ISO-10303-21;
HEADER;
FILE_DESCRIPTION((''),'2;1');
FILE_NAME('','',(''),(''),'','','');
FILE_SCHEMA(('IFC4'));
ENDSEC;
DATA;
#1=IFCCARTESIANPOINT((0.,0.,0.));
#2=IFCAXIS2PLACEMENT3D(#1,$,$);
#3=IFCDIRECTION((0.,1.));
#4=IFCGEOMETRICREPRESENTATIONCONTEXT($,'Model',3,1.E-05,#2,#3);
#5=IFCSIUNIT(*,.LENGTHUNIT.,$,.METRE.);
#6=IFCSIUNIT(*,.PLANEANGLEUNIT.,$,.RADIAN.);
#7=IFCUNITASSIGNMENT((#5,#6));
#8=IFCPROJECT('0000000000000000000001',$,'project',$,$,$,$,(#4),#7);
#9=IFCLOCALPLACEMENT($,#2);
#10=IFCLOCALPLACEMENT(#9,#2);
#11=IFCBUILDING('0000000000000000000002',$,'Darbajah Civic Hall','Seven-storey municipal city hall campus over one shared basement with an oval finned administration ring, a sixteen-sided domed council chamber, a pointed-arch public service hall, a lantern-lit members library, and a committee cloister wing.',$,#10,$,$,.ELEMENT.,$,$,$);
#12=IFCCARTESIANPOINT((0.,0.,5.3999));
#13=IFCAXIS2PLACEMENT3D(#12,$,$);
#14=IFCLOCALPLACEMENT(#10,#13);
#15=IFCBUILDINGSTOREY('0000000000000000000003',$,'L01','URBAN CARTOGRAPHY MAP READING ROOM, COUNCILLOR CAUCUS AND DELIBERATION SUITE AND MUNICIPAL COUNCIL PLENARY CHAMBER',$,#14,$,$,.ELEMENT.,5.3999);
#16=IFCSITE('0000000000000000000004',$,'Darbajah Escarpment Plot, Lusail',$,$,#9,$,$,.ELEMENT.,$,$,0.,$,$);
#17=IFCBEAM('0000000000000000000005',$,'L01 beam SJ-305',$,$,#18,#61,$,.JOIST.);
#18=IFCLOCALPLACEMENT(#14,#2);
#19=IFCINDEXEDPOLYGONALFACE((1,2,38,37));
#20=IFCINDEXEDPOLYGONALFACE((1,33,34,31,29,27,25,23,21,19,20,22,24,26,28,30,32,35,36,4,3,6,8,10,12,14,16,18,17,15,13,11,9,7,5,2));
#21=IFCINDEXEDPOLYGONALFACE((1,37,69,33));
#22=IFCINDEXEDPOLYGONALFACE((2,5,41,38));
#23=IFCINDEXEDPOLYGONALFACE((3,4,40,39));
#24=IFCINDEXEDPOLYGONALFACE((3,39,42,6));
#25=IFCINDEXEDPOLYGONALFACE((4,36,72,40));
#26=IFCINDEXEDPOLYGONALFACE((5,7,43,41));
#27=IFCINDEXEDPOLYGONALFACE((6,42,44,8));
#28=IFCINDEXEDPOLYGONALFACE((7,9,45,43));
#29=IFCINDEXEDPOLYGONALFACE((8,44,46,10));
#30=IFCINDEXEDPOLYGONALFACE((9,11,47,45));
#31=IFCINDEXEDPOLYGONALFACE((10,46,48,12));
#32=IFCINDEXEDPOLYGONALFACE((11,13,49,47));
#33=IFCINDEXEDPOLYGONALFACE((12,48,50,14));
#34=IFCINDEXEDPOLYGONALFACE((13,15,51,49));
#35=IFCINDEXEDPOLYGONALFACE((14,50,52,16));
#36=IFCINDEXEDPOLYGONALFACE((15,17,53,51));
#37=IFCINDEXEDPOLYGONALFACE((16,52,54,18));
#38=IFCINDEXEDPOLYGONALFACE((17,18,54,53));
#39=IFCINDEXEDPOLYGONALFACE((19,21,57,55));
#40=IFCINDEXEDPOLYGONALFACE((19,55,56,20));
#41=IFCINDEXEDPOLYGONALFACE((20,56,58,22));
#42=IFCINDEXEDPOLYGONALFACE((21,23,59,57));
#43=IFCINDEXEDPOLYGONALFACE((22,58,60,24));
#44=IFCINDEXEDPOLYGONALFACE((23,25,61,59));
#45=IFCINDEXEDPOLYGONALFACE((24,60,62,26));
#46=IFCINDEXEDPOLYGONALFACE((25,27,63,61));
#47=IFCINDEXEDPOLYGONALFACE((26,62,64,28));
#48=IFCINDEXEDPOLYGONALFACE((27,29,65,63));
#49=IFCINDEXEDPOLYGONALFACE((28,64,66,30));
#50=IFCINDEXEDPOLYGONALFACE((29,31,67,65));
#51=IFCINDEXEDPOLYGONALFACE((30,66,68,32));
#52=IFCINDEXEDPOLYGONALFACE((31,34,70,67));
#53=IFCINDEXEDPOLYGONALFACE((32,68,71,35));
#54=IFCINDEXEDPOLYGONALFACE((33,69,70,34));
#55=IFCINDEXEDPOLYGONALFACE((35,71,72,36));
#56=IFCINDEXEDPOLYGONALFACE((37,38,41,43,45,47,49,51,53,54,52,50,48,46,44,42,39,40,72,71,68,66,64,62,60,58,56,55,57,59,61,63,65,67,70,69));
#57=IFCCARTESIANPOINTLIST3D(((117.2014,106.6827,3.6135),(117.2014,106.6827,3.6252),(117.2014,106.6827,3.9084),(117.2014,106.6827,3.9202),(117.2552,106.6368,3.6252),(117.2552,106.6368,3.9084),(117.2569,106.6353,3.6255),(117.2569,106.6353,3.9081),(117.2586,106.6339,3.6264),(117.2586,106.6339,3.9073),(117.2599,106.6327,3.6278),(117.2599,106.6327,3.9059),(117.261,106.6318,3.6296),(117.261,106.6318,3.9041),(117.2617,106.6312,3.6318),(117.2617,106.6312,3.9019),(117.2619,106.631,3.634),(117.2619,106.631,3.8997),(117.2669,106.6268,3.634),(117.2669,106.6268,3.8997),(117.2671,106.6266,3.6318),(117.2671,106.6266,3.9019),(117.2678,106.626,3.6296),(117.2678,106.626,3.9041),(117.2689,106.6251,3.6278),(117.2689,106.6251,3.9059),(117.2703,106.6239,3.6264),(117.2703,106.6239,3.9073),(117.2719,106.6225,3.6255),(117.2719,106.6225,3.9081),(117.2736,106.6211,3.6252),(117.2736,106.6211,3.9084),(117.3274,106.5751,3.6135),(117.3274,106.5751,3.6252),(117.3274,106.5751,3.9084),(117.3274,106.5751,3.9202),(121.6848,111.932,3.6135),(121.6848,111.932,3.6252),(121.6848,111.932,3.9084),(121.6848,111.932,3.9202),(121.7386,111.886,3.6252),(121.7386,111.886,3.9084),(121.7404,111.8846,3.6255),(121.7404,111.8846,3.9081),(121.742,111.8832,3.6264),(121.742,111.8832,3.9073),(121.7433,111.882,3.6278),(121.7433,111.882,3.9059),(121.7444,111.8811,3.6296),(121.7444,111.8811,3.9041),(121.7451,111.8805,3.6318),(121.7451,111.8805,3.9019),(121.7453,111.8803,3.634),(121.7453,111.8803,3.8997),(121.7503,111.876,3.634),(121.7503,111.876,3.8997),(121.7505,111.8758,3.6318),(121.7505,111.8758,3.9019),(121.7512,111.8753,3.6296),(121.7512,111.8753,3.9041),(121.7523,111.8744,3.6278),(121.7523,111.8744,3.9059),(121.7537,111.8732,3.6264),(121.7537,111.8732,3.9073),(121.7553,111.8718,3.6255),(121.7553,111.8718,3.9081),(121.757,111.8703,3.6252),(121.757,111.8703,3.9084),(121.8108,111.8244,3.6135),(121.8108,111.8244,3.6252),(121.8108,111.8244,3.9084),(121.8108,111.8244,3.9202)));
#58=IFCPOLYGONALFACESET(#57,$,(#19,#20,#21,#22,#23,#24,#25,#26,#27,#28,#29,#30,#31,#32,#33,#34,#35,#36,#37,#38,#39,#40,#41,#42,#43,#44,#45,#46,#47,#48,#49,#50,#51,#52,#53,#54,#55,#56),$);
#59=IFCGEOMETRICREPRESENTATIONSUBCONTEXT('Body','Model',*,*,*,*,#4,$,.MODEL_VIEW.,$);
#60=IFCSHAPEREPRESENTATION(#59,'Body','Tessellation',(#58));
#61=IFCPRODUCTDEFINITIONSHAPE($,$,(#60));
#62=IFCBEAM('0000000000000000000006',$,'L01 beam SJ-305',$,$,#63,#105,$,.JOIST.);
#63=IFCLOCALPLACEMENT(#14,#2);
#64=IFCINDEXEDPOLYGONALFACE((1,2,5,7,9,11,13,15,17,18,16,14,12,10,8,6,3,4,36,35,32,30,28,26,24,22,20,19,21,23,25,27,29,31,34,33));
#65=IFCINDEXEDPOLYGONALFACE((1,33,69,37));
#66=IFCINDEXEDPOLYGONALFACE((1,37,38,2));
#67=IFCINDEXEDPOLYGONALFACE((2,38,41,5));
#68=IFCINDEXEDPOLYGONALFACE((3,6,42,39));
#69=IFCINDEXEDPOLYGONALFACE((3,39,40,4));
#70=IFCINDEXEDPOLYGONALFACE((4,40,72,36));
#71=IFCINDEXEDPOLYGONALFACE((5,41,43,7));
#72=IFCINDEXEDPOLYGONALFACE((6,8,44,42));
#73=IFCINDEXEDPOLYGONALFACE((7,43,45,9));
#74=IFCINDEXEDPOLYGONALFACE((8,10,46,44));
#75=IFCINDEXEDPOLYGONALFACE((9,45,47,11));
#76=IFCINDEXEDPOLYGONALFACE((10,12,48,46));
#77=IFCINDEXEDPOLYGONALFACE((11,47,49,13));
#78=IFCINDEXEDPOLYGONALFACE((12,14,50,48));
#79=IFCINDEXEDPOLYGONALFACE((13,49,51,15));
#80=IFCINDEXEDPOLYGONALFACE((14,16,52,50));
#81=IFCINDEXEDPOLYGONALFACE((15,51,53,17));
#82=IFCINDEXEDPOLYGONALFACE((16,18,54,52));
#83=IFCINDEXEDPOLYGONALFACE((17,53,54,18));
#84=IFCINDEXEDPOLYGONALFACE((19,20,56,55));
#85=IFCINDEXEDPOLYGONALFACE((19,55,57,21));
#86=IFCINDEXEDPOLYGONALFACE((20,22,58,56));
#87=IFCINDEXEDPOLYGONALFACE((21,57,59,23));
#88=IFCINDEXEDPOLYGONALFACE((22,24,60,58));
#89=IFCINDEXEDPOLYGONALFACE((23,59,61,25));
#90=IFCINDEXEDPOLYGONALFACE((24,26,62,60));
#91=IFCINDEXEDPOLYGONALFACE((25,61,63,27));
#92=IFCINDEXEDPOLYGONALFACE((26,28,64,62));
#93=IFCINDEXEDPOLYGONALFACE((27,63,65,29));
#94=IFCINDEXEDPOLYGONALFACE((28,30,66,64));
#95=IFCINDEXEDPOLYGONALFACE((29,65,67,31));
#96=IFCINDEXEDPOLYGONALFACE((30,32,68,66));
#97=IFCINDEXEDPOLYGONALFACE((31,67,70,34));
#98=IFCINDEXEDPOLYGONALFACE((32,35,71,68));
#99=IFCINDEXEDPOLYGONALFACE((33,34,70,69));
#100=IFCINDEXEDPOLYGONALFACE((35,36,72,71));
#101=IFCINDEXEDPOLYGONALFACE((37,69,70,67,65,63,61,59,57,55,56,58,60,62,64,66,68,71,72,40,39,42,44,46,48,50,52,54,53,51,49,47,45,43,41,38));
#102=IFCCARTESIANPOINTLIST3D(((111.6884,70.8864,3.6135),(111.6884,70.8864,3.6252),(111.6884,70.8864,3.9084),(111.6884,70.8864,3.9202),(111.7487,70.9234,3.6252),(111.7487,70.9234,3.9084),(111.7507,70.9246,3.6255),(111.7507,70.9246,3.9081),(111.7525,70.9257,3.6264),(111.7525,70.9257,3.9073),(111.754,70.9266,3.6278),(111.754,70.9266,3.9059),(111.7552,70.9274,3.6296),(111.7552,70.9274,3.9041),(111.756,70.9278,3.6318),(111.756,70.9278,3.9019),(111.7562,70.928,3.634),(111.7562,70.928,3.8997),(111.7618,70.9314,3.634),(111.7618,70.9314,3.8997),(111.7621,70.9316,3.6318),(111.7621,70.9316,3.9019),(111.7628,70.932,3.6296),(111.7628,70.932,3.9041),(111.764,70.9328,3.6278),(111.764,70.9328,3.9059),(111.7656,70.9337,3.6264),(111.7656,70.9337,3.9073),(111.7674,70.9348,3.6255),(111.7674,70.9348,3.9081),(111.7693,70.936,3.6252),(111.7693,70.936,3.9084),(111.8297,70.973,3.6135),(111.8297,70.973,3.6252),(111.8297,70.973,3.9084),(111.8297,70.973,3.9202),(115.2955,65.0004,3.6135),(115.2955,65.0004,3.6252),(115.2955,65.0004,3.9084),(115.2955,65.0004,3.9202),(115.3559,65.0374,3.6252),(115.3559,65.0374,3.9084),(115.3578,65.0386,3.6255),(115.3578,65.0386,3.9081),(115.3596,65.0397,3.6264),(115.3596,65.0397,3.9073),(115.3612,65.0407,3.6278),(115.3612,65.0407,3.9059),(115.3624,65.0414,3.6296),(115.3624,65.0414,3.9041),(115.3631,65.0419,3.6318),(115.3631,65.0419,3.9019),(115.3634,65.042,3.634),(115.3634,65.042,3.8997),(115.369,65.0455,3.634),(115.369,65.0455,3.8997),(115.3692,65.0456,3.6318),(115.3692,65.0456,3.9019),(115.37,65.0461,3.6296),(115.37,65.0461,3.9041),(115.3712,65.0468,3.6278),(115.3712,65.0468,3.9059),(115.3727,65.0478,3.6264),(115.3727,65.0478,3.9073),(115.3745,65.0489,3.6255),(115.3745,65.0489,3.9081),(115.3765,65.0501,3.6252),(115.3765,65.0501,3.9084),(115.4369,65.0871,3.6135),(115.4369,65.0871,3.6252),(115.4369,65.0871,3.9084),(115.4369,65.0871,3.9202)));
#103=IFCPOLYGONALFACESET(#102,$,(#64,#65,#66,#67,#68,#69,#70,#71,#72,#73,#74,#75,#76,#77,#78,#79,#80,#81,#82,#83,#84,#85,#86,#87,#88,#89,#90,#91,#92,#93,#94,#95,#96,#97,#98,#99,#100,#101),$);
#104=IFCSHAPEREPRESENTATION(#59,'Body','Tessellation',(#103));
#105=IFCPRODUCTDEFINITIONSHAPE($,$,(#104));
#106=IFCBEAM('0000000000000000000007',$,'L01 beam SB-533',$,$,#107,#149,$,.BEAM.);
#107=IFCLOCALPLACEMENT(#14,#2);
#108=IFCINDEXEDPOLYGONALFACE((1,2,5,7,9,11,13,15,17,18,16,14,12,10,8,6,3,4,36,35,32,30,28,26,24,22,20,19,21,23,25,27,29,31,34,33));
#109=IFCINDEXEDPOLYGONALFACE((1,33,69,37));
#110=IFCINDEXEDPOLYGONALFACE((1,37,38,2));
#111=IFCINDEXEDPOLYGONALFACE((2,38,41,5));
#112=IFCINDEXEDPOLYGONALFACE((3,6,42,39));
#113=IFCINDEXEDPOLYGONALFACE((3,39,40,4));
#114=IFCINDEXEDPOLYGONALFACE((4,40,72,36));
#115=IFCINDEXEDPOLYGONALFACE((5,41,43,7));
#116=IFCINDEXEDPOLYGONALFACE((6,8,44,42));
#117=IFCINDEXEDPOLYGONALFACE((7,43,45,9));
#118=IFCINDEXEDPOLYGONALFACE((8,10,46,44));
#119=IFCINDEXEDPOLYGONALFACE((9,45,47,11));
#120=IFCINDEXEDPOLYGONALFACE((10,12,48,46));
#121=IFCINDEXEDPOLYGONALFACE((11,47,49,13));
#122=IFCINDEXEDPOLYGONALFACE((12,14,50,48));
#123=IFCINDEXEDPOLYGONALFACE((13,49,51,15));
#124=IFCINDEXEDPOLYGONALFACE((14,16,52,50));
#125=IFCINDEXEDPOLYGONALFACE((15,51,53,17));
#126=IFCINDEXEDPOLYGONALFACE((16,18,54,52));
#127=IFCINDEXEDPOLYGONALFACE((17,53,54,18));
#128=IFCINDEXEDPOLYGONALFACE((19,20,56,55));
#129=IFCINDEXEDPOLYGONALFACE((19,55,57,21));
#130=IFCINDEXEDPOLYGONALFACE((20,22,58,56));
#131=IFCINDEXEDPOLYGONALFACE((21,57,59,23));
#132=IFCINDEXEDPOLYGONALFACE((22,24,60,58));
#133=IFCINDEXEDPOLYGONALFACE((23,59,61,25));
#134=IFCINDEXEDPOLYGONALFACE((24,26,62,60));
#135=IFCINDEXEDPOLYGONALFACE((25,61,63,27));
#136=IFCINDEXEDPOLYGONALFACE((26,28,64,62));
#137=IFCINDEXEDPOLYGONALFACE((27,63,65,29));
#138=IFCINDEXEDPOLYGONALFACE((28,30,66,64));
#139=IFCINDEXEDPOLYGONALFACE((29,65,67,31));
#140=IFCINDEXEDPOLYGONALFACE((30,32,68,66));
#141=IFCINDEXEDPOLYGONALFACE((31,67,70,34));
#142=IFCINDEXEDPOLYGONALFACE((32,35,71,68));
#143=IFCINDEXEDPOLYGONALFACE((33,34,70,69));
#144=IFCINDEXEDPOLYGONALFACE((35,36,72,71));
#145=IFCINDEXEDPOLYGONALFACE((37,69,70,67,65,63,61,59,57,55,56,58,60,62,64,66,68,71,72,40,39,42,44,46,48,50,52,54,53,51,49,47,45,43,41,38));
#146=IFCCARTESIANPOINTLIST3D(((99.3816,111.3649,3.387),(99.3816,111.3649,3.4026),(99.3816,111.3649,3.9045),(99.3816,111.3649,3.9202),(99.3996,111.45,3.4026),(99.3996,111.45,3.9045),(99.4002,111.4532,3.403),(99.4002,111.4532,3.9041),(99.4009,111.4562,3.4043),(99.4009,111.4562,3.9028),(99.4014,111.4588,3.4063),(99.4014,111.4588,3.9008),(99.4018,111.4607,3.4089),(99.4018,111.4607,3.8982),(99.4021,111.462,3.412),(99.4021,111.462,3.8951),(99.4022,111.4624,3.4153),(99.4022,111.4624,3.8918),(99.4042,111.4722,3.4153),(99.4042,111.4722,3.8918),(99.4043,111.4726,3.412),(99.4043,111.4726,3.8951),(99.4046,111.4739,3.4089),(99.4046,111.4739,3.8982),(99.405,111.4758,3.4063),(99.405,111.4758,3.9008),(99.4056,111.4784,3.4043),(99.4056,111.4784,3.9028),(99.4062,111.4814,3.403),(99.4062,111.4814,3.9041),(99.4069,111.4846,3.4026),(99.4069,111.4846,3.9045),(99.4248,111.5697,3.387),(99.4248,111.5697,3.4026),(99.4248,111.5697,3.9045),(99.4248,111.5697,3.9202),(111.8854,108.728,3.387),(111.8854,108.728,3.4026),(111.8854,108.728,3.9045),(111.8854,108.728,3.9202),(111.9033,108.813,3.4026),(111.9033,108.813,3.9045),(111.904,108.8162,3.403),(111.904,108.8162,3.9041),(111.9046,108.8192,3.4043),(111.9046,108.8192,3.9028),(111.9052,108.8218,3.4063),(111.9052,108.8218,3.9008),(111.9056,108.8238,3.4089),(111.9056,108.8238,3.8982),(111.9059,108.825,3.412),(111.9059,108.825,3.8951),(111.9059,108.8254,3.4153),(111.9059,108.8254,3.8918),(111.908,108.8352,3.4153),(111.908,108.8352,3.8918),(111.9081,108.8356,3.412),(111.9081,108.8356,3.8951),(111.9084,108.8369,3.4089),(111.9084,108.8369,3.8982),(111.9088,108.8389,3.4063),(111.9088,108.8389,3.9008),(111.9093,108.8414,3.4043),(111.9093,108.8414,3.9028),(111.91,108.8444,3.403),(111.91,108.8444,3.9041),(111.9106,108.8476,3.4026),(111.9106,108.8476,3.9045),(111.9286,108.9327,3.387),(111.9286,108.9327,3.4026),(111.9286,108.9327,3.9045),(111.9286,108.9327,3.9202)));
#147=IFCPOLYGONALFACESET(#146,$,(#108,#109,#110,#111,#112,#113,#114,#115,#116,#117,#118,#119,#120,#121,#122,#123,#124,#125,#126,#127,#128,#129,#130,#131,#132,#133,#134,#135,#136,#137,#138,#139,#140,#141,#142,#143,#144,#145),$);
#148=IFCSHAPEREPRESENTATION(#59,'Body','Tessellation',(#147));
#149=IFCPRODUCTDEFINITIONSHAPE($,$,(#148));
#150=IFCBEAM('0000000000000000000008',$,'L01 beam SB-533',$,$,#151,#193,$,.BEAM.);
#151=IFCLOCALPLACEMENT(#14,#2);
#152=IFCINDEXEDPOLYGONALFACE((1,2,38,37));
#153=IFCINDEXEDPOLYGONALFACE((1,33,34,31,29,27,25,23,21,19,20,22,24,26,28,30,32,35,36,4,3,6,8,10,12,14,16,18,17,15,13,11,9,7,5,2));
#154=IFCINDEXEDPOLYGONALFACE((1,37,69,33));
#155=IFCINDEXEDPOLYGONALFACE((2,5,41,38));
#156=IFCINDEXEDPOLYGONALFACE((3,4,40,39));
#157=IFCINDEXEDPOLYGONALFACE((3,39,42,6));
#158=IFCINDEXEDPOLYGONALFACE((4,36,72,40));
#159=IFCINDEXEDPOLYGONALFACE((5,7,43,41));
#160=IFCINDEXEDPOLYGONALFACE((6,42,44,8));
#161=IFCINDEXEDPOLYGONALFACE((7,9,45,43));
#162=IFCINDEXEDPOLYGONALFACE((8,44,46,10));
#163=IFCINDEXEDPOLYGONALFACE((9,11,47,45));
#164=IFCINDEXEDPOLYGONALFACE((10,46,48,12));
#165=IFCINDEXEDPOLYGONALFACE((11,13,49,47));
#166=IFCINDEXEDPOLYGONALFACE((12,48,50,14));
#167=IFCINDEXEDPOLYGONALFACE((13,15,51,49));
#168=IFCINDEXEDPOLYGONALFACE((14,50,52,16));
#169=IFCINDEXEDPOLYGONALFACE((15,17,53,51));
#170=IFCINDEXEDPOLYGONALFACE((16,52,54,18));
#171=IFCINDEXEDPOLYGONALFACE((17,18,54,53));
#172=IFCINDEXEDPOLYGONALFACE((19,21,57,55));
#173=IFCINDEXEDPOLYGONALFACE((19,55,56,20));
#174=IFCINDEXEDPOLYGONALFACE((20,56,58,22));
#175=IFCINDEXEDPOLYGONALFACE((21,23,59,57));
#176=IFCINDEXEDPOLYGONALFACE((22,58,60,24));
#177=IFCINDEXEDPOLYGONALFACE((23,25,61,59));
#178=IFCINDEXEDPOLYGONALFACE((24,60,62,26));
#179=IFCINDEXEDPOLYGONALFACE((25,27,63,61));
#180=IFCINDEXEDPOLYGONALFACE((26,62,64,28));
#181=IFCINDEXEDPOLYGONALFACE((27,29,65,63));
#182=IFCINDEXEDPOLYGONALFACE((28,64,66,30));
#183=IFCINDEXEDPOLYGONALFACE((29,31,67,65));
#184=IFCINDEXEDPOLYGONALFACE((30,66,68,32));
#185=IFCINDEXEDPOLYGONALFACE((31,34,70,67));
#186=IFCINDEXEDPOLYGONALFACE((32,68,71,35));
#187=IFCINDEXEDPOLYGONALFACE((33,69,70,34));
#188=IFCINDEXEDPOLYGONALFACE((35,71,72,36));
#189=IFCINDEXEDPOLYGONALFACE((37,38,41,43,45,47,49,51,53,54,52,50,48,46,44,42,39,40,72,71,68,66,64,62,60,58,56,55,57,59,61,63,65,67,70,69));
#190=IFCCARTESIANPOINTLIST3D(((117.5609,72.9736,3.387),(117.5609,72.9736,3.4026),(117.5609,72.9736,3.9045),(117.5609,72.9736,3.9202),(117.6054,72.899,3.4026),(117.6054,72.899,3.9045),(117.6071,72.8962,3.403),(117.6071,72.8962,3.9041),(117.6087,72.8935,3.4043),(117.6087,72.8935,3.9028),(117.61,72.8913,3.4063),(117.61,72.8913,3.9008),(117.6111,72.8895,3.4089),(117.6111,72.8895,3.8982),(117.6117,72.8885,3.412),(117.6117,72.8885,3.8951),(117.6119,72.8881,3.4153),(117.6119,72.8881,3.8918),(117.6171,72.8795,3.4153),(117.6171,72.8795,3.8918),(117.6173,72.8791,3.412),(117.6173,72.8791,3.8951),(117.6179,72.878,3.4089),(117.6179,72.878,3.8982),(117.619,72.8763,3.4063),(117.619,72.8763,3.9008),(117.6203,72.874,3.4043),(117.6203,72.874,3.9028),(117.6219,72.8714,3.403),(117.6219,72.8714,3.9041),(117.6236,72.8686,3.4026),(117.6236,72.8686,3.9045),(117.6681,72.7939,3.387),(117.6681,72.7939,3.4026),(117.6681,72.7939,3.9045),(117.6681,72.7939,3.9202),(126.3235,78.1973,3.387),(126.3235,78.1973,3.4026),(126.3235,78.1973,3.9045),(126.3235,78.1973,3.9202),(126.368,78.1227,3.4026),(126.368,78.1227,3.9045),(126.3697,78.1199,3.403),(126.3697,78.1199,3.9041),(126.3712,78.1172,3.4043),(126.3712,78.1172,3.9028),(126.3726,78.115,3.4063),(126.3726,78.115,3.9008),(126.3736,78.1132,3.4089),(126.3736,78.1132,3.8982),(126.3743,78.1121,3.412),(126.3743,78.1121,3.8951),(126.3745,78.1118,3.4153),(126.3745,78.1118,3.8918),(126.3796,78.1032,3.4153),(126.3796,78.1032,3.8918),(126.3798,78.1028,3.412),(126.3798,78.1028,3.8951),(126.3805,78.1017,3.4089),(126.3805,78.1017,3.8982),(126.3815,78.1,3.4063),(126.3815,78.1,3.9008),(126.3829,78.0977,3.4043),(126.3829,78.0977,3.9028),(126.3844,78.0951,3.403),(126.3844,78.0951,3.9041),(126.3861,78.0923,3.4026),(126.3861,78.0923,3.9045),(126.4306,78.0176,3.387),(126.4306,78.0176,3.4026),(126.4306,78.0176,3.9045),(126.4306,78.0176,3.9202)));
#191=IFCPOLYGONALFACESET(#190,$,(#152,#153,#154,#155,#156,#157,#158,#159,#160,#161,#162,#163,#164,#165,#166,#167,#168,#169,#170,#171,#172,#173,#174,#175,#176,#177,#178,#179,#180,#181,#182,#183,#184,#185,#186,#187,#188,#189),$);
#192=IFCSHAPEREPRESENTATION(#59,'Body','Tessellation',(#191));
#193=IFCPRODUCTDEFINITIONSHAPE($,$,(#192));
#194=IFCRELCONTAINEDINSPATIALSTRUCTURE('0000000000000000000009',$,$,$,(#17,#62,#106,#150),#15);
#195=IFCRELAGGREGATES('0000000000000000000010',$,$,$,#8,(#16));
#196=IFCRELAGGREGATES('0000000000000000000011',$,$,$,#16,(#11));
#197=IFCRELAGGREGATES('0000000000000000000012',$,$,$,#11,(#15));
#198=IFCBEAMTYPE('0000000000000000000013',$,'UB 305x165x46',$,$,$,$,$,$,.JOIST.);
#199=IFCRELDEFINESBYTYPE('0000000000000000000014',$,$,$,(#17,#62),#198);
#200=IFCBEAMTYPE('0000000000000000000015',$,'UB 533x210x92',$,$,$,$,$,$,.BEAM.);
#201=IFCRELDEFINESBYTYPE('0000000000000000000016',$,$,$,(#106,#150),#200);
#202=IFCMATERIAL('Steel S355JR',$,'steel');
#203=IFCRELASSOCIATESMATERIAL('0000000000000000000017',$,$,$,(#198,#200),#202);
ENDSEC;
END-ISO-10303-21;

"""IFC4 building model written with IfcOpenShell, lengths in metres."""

from ifc_helpers import new_model, si_unit, direction, frame, origin, origin_2d, place, context, subcontext, project, spatial, i_section, extrude, material, material_profile, profile_set, type_object, element, save


model = new_model("IFC4")

# Units and contexts
model_context = context("Model", 3, precision=1e-05, world=origin(), true_north=direction((0.0, 1.0)))
body_context = subcontext(model_context, "Body", "Model", "MODEL_VIEW")
ifc_project = project(units=[si_unit("LENGTHUNIT", "METRE"), si_unit("PLANEANGLEUNIT", "RADIAN")], contexts=[model_context])

# Site, building, storey
site_placement = place(None, origin())
site = spatial("IfcSite", under=ifc_project, at=site_placement, Name="Darbajah Escarpment Plot, Lusail", CompositionType="ELEMENT", RefElevation=0.0)
building_placement = place(site_placement, origin())
building = spatial("IfcBuilding", under=site, at=building_placement, Name="Darbajah Civic Hall", Description="Seven-storey municipal city hall campus over one shared basement with an oval finned administration ring, a sixteen-sided domed council chamber, a pointed-arch public service hall, a lantern-lit members library, and a committee cloister wing.", CompositionType="ELEMENT")
storey_placement = place(building_placement, frame((0.0, 0.0, 5.3999)))
storey = spatial("IfcBuildingStorey", under=building, at=storey_placement, Name="L01", Description="URBAN CARTOGRAPHY MAP READING ROOM, COUNCILLOR CAUCUS AND DELIBERATION SUITE AND MUNICIPAL COUNCIL PLENARY CHAMBER", CompositionType="ELEMENT", Elevation=5.3999)

# Beams
ifc_material_1 = material(Name="Steel S355JR", Category="steel")
ifc_material_profile_1 = material_profile(ifc_material_1, i_section(OverallWidth=0.1658, OverallDepth=0.3066, WebThickness=0.0066, FlangeThickness=0.0117, FilletRadius=0.0088, at=origin_2d()), Name="UB 305x165x46")
ifc_profile_set_1 = profile_set([ifc_material_profile_1], Name="Steel S355JR")
beam_type_1 = type_object("IfcBeamType", Name="UB 305x165x46", PredefinedType="JOIST", material=ifc_profile_set_1)
for number, where, z_axis, x_axis, name in (
    (1, (117.2644, 106.6289, 3.7668), (0.649456, 0.760399, 0.0), (-0.760399, 0.649456, 0.0), "L01 beam SJ-305"),
    (2, (111.759, 70.9297, 3.7668), (0.522524, -0.852625, 0.0), (0.852625, 0.522524, 0.0), "L01 beam SJ-305"),
):
    element("IfcBeam", number, at=place(storey_placement, frame(where, z_axis=z_axis, x_axis=x_axis)), inside=storey, type_object=beam_type_1, Name=name, PredefinedType="JOIST", context=body_context, shape_type="SweptSolid", body=[
        extrude(i_section(OverallWidth=0.1658, OverallDepth=0.3066, WebThickness=0.0066, FlangeThickness=0.0117, FilletRadius=0.0088, at=origin_2d()), origin(), (0.0, 0.0, 1.0), 6.9033),
    ])
ifc_material_profile_2 = material_profile(ifc_material_1, i_section(OverallWidth=0.2092, OverallDepth=0.5332, WebThickness=0.01, FlangeThickness=0.0156, FilletRadius=0.0127, at=origin_2d()), Name="UB 533x210x92")
ifc_profile_set_2 = profile_set([ifc_material_profile_2], Name="Steel S355JR")
beam_type_2 = type_object("IfcBeamType", Name="UB 533x210x92", PredefinedType="BEAM", material=ifc_profile_set_2)
beam_1_placement = place(storey_placement, frame((111.907, 108.8303, 3.6536), z_axis=(-0.978477, 0.206356, 0.0), x_axis=(-0.206356, -0.978477, 0.0)))
element("IfcBeam", 3, at=beam_1_placement, inside=storey, type_object=beam_type_2, Name="L01 beam SB-533", PredefinedType="BEAM", context=body_context, shape_type="SweptSolid", body=[
    extrude(i_section(OverallWidth=0.2092, OverallDepth=0.5332, WebThickness=0.01, FlangeThickness=0.0156, FilletRadius=0.0127, at=origin_2d()), origin(), (0.0, 0.0, 1.0), 12.7788),
])
beam_2_placement = place(storey_placement, frame((117.6145, 72.8838, 3.6536), z_axis=(0.858953, 0.512055, 0.0), x_axis=(-0.512055, 0.858953, 0.0)))
element("IfcBeam", 4, at=beam_2_placement, inside=storey, type_object=beam_type_2, Name="L01 beam SB-533", PredefinedType="BEAM", context=body_context, shape_type="SweptSolid", body=[
    extrude(i_section(OverallWidth=0.2092, OverallDepth=0.5332, WebThickness=0.01, FlangeThickness=0.0156, FilletRadius=0.0127, at=origin_2d()), origin(), (0.0, 0.0, 1.0), 10.2014),
])

save(model, "model.ifc")
